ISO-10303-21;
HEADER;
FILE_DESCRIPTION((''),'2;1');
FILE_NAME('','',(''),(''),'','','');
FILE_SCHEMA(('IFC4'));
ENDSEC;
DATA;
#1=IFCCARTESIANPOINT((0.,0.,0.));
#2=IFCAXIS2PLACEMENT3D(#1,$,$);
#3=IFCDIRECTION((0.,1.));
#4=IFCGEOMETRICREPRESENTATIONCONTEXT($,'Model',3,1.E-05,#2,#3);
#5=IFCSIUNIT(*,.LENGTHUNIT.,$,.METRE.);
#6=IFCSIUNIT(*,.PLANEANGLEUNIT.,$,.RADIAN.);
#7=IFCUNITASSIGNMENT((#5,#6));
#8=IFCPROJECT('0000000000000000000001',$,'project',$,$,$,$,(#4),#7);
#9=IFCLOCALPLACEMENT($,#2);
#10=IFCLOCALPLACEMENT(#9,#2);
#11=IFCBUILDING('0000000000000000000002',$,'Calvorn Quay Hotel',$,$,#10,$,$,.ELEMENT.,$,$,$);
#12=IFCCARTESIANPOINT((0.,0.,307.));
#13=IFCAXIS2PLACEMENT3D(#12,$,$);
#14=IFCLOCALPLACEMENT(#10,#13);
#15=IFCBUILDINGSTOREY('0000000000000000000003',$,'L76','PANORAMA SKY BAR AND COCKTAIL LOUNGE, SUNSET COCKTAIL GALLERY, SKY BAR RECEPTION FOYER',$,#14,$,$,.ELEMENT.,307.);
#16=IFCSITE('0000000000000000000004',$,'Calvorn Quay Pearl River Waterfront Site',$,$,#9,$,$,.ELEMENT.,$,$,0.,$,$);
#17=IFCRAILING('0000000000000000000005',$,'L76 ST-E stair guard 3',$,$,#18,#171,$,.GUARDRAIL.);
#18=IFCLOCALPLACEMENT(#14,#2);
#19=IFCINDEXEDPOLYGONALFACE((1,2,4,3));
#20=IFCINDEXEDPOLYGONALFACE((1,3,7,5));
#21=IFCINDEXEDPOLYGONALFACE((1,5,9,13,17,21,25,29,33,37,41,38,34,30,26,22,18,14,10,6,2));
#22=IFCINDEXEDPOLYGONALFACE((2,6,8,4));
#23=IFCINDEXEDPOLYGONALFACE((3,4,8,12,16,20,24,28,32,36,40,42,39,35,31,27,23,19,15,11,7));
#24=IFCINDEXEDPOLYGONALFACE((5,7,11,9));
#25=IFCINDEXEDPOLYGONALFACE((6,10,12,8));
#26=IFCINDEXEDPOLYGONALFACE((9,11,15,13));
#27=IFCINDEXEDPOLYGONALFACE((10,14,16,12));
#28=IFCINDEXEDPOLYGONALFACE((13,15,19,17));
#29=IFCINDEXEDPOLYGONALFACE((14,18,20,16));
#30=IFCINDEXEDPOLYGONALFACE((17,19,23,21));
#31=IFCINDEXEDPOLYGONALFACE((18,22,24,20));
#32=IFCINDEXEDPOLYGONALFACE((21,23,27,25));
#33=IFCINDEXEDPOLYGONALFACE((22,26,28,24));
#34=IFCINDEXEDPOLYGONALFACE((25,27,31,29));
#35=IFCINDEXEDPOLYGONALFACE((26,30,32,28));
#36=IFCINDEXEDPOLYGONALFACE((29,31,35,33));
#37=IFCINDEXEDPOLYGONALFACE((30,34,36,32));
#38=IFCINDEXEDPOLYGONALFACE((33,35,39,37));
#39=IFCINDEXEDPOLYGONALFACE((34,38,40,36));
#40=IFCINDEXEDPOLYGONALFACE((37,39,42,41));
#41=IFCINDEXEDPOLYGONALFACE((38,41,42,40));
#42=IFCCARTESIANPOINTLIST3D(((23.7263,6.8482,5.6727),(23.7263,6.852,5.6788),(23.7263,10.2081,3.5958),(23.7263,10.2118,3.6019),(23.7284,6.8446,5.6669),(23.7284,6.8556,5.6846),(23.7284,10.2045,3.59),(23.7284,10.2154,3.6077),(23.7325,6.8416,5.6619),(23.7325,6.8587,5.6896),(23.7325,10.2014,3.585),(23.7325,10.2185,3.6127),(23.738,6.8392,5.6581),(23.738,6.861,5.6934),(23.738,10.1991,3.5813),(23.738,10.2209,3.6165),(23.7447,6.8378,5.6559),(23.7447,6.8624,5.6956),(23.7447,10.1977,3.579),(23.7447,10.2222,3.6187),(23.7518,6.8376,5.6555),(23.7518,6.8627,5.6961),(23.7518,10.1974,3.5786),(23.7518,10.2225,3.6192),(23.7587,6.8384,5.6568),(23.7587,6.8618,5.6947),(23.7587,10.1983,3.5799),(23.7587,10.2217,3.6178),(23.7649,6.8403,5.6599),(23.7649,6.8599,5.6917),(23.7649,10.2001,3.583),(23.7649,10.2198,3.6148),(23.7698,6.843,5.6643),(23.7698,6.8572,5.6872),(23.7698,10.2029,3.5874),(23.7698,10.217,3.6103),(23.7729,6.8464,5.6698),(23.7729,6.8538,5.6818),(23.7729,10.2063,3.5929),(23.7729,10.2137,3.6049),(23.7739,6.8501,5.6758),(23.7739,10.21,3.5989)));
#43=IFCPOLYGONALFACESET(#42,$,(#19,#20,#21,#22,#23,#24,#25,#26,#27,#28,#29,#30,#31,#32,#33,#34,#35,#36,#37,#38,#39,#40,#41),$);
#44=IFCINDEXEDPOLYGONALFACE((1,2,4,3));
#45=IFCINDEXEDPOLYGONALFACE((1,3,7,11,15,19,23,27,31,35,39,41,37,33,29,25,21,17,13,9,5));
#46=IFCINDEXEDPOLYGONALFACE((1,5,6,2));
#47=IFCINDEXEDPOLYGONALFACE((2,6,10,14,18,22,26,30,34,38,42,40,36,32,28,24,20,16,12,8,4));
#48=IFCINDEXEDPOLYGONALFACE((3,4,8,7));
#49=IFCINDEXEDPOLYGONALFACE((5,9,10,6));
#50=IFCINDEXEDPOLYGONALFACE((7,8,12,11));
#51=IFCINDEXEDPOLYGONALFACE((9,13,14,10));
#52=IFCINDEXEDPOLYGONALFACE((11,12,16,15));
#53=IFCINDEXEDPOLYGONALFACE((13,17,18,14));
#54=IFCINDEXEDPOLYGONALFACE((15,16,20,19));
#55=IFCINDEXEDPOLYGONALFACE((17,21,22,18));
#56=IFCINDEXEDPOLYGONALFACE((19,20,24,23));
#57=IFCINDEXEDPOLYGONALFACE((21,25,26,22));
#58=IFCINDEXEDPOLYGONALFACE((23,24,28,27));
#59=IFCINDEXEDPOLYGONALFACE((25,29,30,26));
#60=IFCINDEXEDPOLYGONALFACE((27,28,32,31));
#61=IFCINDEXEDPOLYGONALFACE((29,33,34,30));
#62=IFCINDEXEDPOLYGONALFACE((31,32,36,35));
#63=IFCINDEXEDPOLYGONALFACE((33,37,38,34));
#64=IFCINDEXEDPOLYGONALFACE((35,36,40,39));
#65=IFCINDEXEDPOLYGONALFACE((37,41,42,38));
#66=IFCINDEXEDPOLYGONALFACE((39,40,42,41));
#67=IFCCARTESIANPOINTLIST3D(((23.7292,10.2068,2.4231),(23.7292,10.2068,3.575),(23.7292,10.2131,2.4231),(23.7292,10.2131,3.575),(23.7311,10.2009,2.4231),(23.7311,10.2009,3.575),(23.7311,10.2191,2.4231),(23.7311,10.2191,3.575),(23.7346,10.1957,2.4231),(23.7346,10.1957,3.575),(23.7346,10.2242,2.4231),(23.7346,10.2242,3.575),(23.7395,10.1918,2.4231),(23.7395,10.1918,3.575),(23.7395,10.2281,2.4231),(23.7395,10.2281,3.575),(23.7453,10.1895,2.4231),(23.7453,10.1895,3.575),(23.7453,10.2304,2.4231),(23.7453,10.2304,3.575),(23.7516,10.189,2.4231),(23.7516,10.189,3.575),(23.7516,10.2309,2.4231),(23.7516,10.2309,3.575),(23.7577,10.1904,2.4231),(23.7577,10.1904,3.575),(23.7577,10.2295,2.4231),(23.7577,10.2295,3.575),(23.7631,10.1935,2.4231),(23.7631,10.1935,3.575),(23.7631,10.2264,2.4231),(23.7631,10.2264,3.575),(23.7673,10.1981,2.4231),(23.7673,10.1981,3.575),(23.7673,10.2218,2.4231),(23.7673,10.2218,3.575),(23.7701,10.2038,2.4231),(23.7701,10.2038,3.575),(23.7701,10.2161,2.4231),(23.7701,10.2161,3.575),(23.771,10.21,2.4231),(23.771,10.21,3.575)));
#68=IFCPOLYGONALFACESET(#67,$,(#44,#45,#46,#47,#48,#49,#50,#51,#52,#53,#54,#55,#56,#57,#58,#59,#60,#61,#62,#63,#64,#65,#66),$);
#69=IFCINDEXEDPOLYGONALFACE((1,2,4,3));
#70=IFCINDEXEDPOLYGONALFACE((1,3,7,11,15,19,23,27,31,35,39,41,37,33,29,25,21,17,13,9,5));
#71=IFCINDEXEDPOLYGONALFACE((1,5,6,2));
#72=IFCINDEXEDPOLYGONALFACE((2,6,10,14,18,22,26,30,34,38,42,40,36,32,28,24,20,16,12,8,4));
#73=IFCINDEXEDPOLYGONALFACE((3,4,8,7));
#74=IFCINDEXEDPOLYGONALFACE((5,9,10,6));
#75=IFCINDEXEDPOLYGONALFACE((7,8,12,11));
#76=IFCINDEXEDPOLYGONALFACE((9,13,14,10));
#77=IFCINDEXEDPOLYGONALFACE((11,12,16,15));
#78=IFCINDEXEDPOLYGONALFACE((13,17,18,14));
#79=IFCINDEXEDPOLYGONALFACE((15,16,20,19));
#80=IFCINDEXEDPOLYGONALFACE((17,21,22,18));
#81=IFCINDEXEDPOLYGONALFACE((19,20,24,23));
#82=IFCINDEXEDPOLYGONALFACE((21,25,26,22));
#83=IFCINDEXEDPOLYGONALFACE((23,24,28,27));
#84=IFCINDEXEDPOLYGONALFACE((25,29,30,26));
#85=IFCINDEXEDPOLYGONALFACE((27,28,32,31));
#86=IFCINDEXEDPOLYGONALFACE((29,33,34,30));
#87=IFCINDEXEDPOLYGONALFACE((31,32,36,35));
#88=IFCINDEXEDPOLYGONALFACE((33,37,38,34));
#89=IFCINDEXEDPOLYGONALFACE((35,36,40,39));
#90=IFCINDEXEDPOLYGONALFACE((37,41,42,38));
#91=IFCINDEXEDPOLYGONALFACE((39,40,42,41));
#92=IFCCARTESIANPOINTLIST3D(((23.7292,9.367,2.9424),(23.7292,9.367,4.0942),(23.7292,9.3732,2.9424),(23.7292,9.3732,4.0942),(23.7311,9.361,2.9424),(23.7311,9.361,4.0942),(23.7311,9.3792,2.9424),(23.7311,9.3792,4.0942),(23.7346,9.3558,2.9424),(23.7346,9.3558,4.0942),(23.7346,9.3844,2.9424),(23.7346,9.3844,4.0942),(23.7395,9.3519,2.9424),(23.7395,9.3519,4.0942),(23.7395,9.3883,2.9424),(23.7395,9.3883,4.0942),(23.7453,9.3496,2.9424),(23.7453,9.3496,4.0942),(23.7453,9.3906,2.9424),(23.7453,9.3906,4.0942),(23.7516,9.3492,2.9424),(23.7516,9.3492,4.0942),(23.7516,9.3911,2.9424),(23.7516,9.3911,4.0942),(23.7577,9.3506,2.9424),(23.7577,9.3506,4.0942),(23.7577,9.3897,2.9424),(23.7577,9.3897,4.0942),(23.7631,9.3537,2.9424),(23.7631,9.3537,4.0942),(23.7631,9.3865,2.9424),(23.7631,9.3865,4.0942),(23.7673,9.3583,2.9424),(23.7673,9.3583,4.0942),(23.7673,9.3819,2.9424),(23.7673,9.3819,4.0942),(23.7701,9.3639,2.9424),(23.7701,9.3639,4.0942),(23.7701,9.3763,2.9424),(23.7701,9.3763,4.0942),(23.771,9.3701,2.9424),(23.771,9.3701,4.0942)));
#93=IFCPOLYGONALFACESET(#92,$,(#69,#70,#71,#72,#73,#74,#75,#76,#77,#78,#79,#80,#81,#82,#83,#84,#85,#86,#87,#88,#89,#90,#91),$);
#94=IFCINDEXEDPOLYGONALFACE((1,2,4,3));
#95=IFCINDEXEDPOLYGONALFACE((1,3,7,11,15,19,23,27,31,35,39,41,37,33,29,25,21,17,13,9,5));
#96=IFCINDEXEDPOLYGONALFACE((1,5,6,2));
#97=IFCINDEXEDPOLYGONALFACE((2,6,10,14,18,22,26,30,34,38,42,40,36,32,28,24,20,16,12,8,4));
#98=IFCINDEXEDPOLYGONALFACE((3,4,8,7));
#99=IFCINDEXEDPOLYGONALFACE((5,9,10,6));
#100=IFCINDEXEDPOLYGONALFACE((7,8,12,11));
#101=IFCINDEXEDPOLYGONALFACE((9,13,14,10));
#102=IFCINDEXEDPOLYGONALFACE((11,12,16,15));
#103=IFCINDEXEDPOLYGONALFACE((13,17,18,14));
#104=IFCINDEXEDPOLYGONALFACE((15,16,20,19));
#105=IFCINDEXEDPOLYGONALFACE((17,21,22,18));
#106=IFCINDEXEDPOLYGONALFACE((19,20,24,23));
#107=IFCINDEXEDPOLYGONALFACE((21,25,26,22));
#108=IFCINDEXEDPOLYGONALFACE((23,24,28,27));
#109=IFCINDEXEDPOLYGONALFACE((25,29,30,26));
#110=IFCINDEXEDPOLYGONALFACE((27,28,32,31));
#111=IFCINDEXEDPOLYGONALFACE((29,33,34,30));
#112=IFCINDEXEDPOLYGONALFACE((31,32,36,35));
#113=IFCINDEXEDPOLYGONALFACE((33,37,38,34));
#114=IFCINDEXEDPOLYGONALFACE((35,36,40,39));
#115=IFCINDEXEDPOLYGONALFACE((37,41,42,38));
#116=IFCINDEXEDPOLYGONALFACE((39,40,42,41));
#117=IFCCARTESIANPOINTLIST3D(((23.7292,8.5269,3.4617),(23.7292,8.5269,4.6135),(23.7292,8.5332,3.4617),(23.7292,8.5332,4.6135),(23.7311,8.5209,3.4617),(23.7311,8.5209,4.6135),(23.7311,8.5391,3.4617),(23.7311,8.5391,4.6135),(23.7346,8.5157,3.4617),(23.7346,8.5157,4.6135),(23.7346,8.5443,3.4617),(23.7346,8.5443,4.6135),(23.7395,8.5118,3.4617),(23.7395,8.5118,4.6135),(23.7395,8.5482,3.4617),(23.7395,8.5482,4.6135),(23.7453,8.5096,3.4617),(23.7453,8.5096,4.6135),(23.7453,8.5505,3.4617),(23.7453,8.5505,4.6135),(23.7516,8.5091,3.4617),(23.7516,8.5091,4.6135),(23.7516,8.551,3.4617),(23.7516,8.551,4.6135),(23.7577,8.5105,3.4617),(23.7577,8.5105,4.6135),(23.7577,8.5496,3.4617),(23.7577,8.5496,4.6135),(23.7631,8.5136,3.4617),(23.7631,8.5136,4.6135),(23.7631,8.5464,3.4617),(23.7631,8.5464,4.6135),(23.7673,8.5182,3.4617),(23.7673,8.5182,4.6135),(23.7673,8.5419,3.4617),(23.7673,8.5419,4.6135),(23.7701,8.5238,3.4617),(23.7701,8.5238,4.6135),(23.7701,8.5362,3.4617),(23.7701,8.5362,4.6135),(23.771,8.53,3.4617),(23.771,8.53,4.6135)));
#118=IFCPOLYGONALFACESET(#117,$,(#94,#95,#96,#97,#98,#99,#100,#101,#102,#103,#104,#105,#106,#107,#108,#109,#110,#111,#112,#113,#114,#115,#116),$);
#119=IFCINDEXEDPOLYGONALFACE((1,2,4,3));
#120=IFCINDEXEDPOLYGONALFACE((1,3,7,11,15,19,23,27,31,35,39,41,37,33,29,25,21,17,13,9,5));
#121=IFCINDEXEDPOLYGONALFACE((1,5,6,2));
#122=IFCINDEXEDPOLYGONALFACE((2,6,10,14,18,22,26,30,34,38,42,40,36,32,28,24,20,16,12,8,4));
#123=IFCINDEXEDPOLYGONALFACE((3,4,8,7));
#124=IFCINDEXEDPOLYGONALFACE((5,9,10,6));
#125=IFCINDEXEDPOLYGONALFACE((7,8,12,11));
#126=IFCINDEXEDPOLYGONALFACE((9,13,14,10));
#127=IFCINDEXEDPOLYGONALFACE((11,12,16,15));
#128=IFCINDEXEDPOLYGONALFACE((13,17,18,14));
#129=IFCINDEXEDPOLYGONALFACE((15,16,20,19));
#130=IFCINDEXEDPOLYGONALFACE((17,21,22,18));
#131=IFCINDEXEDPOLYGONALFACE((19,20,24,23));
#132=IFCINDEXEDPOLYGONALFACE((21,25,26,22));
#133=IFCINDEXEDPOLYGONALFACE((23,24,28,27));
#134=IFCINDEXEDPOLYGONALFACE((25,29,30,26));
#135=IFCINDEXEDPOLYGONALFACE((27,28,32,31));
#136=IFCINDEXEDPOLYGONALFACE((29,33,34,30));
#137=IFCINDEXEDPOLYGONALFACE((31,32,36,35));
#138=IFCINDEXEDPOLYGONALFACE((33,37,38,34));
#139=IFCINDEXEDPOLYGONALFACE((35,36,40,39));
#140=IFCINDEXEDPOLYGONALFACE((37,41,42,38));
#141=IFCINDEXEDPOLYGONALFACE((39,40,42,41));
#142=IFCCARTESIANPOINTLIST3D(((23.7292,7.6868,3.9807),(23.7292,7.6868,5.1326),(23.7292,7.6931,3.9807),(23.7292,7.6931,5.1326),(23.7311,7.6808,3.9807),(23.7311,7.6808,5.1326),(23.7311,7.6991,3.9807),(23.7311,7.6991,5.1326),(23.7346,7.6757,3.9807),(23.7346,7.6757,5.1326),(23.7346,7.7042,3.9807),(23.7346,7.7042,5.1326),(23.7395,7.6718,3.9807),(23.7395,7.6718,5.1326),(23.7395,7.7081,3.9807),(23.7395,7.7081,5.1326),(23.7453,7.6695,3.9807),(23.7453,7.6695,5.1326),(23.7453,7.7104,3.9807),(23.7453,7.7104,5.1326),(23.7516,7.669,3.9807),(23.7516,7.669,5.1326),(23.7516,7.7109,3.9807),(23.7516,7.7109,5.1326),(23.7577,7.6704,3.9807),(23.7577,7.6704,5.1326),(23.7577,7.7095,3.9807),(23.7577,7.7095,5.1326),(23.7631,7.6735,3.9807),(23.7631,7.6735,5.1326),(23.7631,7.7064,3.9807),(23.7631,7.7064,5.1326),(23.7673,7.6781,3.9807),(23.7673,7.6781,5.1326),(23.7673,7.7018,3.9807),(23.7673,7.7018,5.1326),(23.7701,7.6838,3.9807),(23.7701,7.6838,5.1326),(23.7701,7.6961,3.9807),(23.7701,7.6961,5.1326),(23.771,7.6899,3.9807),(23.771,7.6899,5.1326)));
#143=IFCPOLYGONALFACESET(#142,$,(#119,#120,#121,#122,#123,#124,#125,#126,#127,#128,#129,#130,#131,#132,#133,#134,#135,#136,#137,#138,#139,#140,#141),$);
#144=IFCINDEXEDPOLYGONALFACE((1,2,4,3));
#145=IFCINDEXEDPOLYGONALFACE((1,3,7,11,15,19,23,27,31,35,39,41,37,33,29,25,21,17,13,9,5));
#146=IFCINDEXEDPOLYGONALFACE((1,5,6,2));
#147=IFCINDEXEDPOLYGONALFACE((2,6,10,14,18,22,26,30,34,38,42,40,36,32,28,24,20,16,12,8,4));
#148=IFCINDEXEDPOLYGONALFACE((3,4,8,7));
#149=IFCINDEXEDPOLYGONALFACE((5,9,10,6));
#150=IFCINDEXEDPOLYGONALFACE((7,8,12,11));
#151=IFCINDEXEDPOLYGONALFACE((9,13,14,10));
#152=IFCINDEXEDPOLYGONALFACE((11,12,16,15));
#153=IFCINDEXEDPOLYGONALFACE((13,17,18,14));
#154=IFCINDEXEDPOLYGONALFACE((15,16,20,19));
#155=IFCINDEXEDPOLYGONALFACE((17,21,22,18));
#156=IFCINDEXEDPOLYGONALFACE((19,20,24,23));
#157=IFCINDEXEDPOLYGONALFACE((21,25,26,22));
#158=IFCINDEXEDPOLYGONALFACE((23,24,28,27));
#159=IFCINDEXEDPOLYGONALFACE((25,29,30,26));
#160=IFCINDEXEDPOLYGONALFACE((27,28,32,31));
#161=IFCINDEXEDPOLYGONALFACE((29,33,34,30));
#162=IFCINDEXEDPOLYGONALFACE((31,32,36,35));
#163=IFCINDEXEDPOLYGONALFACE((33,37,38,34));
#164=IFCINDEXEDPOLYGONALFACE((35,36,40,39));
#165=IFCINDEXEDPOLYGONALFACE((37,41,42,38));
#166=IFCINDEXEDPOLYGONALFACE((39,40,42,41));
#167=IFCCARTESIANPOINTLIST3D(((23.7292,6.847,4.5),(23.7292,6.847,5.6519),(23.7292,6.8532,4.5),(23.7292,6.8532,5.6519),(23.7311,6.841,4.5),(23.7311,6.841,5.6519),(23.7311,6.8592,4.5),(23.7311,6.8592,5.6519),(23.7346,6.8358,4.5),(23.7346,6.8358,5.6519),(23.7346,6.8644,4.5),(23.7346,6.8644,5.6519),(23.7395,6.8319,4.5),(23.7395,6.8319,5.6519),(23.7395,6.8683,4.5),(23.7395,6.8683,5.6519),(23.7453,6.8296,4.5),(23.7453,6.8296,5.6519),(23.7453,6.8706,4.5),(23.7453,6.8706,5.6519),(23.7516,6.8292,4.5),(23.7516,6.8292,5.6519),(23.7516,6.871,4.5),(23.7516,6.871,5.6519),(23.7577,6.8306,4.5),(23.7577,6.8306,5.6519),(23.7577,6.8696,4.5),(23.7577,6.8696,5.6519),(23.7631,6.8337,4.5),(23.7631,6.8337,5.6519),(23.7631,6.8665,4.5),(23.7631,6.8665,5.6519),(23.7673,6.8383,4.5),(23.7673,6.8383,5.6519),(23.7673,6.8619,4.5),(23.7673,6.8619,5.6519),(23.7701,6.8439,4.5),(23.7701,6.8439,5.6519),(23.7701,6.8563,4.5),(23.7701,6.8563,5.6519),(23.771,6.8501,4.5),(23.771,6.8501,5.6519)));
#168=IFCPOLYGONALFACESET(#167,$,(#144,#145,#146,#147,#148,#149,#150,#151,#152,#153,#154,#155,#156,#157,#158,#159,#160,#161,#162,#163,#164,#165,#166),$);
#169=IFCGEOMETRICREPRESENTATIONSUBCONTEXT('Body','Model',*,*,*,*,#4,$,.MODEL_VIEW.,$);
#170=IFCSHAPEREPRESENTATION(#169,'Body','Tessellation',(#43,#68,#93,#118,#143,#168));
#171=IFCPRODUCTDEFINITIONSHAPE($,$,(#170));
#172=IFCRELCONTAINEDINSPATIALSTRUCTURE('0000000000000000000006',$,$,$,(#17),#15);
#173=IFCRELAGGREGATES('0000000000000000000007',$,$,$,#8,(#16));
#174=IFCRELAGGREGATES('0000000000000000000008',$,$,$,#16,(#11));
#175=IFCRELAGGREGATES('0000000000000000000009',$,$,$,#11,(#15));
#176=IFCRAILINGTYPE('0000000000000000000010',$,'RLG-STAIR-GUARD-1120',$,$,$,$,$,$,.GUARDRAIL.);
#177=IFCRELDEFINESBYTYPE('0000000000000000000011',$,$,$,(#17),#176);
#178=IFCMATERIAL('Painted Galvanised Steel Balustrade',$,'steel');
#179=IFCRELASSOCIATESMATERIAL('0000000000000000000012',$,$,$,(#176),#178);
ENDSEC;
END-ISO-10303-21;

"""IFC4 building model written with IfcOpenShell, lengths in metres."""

from ifc_helpers import new_model, si_unit, direction, frame, origin, origin_2d, place, context, subcontext, project, spatial, circle, extrude, material, type_object, element, save


model = new_model("IFC4")

# Units and contexts
model_context = context("Model", 3, precision=1e-05, world=origin(), true_north=direction((0.0, 1.0)))
body_context = subcontext(model_context, "Body", "Model", "MODEL_VIEW")
ifc_project = project(units=[si_unit("LENGTHUNIT", "METRE"), si_unit("PLANEANGLEUNIT", "RADIAN")], contexts=[model_context])

# Site, building, storey
site_placement = place(None, origin())
site = spatial("IfcSite", under=ifc_project, at=site_placement, Name="Calvorn Quay Pearl River Waterfront Site", CompositionType="ELEMENT", RefElevation=0.0)
building_placement = place(site_placement, origin())
building = spatial("IfcBuilding", under=site, at=building_placement, Name="Calvorn Quay Hotel", CompositionType="ELEMENT")
storey_placement = place(building_placement, frame((0.0, 0.0, 307.0)))
storey = spatial("IfcBuildingStorey", under=building, at=storey_placement, Name="L76", Description="PANORAMA SKY BAR AND COCKTAIL LOUNGE, SUNSET COCKTAIL GALLERY, SKY BAR RECEPTION FOYER", CompositionType="ELEMENT", Elevation=307.0)

# Railing
ifc_material_1 = material(Name="Painted Galvanised Steel Balustrade", Category="steel")
railing_type_1 = type_object("IfcRailingType", Name="RLG-STAIR-GUARD-1120", PredefinedType="GUARDRAIL", material=ifc_material_1)
railing_1_placement = place(storey_placement, frame((23.75, 10.21, 2.4231)))
element("IfcRailing", 1, at=railing_1_placement, inside=storey, type_object=railing_type_1, Name="L76 ST-E stair guard 3", PredefinedType="GUARDRAIL", context=body_context, shape_type="SweptSolid", body=[
    extrude(circle(Radius=0.0239, at=origin_2d()), frame((0.0, 0.0, 1.1758), z_axis=(0.0, -0.850606, 0.525803), x_axis=(1.0, 0.0, 0.0)), (0.0, 0.0, 1.0), 3.95),
    extrude(circle(Radius=0.021, at=origin_2d()), origin(), (0.0, 0.0, 1.0), 1.1519),
    extrude(circle(Radius=0.021, at=origin_2d()), frame((0.0, -0.8398, 0.5193)), (0.0, 0.0, 1.0), 1.1519),
    extrude(circle(Radius=0.021, at=origin_2d()), frame((0.0, -1.6799, 1.0386)), (0.0, 0.0, 1.0), 1.1519),
    extrude(circle(Radius=0.021, at=origin_2d()), frame((0.0, -2.52, 1.5576)), (0.0, 0.0, 1.0), 1.1519),
    extrude(circle(Radius=0.021, at=origin_2d()), frame((0.0, -3.3599, 2.0769)), (0.0, 0.0, 1.0), 1.1519),
])

save(model, "model.ifc")
